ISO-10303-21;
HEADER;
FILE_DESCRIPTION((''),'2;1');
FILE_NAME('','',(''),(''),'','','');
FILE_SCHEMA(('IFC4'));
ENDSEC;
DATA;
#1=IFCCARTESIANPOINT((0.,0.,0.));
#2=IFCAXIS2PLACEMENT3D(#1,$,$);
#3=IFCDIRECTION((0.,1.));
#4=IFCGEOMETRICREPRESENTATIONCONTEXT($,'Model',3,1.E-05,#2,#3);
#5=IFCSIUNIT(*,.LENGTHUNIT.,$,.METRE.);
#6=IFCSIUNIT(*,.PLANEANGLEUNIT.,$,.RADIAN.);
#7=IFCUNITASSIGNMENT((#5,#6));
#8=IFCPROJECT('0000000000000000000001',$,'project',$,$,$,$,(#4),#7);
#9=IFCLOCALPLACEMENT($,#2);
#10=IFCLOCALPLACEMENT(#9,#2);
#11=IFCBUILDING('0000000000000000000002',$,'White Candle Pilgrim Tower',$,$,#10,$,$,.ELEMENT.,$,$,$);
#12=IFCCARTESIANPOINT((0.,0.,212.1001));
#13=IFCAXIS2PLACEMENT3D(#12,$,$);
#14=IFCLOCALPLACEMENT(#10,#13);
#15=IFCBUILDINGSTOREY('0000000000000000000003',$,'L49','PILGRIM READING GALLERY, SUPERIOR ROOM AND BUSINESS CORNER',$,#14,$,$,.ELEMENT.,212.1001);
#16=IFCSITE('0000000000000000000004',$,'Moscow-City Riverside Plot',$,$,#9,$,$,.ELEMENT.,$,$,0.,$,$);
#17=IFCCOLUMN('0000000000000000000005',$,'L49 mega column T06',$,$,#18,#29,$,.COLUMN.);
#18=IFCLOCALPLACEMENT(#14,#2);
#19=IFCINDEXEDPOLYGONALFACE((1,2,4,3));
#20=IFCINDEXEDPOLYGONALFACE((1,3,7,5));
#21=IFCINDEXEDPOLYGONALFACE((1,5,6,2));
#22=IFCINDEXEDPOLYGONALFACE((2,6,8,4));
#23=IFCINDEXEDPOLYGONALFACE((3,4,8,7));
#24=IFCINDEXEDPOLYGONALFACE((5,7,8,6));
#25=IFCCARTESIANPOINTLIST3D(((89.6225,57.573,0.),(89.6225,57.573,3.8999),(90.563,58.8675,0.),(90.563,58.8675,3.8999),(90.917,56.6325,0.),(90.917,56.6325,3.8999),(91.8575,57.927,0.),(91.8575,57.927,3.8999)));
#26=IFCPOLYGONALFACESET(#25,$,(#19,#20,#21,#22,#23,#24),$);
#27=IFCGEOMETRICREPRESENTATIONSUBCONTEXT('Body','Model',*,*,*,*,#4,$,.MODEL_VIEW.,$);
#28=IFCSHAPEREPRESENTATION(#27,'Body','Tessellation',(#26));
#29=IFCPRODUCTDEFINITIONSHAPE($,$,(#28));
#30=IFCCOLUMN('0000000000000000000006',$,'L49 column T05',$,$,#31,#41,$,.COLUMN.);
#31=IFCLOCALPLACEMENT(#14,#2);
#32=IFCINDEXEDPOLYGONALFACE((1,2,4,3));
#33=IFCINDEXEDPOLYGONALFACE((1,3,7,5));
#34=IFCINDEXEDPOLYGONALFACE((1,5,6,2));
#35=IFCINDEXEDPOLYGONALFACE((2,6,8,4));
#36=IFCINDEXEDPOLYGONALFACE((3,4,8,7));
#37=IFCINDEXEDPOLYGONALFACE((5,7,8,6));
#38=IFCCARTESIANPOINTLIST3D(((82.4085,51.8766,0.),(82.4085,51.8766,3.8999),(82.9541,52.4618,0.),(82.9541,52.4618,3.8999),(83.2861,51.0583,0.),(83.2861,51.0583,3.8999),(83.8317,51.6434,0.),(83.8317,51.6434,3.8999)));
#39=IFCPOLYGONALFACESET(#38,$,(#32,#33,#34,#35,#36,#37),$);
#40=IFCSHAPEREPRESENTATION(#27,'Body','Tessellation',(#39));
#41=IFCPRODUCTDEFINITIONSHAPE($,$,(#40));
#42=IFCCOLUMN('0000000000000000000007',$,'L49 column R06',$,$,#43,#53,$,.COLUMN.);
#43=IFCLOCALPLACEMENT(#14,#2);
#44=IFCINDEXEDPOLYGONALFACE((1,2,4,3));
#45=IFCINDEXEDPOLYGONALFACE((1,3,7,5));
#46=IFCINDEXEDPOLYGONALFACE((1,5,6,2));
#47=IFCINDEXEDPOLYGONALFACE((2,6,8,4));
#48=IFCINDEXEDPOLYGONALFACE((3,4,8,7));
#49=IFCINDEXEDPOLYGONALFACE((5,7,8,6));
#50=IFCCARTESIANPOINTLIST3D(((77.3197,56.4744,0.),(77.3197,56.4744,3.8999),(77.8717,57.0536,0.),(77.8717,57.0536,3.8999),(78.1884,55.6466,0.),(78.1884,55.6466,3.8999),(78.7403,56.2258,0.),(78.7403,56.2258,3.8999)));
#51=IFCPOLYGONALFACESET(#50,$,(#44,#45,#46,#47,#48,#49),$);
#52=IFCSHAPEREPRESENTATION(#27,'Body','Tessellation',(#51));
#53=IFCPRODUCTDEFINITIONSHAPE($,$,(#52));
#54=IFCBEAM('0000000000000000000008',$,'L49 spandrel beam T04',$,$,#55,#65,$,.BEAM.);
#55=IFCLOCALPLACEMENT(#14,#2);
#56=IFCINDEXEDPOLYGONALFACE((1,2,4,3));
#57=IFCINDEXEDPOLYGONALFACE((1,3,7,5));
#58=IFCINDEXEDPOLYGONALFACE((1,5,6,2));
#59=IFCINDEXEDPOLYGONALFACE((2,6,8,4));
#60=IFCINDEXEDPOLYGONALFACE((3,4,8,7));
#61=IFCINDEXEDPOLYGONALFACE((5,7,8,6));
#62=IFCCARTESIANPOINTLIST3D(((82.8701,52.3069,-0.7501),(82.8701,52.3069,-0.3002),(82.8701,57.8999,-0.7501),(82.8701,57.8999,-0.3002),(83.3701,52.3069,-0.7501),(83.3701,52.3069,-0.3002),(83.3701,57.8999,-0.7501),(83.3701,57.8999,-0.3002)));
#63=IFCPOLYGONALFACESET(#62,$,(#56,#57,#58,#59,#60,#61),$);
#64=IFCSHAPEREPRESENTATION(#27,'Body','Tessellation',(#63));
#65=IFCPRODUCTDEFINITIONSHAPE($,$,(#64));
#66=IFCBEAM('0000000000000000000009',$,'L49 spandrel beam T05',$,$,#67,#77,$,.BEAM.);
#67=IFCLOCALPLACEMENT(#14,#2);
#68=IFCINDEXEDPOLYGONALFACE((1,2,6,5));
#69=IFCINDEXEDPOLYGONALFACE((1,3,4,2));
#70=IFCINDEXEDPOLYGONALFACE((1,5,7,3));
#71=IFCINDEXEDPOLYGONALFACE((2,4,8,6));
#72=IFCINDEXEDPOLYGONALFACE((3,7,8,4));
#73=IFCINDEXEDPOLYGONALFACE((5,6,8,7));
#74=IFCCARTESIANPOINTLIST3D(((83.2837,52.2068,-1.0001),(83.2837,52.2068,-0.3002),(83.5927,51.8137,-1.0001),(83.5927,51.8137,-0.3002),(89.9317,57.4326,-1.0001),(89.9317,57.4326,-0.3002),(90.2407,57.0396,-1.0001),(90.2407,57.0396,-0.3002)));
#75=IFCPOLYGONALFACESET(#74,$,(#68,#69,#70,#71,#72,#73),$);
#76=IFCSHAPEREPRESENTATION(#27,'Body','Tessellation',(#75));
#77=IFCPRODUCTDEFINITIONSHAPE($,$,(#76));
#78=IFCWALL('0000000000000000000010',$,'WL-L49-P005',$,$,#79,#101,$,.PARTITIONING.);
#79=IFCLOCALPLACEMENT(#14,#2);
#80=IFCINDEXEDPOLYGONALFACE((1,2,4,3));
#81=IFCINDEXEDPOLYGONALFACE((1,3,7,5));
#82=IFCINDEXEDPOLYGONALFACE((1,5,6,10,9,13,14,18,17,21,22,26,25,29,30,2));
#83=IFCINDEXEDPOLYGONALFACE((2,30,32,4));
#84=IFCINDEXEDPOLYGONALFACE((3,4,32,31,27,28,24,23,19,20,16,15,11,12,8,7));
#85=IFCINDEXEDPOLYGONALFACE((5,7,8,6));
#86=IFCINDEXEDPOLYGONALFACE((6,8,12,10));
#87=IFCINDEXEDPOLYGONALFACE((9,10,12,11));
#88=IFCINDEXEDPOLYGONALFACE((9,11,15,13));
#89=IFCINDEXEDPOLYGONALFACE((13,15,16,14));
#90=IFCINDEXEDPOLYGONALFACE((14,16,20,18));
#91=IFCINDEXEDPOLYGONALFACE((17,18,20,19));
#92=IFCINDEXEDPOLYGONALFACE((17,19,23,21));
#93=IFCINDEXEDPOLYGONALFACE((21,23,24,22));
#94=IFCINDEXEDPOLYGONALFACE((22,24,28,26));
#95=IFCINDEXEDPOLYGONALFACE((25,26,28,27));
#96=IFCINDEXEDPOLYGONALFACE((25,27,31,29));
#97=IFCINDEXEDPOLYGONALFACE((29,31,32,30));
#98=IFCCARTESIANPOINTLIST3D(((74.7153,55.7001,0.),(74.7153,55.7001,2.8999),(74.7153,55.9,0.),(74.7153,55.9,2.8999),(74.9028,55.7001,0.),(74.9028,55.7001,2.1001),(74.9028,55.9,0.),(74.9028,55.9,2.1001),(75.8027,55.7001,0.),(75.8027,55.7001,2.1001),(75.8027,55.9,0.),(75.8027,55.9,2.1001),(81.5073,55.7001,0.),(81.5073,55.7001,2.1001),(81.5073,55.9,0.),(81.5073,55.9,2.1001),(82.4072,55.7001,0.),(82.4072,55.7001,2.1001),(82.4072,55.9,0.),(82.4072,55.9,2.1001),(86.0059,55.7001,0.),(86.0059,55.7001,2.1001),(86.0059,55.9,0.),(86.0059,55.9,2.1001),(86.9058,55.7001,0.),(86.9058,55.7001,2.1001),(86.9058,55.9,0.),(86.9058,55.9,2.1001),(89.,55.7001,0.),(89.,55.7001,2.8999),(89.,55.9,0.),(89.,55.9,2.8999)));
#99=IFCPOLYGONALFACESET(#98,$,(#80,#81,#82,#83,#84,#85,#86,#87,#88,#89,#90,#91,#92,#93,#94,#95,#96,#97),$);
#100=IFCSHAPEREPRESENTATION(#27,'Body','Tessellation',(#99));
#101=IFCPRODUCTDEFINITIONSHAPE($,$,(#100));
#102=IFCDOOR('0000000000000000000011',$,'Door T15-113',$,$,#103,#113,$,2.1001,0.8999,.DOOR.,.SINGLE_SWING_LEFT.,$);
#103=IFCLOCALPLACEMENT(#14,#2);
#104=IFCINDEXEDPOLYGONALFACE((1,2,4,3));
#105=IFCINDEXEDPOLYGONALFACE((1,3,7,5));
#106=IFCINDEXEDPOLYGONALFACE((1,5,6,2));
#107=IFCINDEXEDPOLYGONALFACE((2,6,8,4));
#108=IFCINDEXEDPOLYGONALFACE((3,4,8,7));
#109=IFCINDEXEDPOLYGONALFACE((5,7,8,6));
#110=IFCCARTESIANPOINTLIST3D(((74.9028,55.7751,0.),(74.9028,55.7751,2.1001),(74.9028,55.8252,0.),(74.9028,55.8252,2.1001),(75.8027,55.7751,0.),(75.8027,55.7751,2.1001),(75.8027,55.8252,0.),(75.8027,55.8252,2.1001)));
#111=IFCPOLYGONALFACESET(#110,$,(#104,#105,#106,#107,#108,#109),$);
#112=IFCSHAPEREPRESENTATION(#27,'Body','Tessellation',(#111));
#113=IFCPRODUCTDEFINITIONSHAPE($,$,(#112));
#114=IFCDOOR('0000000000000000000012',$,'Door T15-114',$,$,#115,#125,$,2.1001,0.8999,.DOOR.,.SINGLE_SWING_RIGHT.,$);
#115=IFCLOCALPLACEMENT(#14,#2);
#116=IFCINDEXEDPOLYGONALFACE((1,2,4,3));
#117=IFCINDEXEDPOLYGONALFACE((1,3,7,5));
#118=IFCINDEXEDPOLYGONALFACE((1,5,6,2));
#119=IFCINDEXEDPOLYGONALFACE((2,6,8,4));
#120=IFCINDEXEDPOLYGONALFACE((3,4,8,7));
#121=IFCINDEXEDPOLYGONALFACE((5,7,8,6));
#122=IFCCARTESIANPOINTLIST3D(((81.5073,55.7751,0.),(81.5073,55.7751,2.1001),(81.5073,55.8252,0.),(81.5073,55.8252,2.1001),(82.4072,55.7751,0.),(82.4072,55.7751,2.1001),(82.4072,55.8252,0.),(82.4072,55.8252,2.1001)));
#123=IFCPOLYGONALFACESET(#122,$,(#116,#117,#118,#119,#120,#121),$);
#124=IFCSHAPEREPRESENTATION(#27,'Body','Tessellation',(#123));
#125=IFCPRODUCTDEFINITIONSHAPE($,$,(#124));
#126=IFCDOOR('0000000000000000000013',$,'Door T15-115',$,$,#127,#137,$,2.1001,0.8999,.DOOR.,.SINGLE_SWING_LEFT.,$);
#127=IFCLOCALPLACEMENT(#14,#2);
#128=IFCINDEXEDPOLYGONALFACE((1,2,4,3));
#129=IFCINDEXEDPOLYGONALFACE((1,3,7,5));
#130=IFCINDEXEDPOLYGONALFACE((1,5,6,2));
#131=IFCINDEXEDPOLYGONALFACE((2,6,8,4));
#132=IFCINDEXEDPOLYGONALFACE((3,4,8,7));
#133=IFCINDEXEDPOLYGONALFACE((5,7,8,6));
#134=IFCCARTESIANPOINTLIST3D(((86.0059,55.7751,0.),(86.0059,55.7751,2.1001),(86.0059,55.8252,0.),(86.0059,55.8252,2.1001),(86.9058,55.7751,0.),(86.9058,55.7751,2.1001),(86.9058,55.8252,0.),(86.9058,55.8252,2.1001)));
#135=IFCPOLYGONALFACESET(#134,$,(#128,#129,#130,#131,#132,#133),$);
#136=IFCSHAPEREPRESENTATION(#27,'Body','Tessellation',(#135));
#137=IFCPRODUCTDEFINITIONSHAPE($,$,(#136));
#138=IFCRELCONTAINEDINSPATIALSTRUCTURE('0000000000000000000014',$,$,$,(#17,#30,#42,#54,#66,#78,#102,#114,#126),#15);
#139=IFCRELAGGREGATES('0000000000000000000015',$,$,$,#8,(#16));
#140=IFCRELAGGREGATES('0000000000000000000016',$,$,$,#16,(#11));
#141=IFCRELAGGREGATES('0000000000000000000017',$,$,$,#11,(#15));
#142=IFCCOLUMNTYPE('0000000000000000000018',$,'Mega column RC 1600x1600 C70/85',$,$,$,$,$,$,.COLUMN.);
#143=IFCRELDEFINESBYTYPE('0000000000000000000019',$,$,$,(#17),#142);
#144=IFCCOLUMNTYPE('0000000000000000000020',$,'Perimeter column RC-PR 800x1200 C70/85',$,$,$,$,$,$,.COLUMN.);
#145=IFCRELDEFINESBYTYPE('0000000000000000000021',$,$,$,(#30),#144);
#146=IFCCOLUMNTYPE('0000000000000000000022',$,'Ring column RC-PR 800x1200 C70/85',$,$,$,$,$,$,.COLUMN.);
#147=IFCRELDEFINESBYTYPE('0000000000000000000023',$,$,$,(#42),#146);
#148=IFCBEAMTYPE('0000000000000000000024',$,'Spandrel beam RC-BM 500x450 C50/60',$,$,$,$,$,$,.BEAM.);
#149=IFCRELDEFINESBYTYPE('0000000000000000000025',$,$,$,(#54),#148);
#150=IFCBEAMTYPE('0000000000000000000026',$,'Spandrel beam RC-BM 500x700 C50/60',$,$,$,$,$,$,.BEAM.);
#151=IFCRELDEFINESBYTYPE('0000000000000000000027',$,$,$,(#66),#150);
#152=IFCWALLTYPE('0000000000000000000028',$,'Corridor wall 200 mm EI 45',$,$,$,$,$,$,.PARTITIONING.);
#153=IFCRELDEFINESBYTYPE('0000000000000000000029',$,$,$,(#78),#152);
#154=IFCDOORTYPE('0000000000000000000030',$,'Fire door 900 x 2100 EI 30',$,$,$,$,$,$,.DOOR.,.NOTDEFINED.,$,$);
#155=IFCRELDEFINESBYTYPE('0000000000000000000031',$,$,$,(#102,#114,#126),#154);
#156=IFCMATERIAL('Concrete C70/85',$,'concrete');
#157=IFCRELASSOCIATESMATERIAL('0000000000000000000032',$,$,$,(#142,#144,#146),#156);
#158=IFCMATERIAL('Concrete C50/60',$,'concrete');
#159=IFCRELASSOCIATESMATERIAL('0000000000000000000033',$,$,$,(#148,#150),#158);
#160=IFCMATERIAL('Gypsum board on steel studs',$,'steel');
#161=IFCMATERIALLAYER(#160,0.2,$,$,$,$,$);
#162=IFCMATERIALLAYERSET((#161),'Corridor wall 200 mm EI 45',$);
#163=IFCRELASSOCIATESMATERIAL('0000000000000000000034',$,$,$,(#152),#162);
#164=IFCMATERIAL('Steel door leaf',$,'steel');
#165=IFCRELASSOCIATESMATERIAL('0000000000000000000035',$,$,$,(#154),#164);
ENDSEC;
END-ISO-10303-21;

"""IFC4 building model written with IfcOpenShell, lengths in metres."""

from ifc_helpers import new_model, si_unit, direction, frame, frame_2d, origin, origin_2d, place, context, subcontext, project, spatial, rectangle, extrude, material, layer, layer_set, material_profile, profile_set, type_object, element, fill, save


model = new_model("IFC4")

# Units and contexts
model_context = context("Model", 3, precision=1e-05, world=origin(), true_north=direction((0.0, 1.0)))
body_context = subcontext(model_context, "Body", "Model", "MODEL_VIEW")
ifc_project = project(units=[si_unit("LENGTHUNIT", "METRE"), si_unit("PLANEANGLEUNIT", "RADIAN")], contexts=[model_context])

# Site, building, storey
site_placement = place(None, origin())
site = spatial("IfcSite", under=ifc_project, at=site_placement, Name="Moscow-City Riverside Plot", CompositionType="ELEMENT", RefElevation=0.0)
building_placement = place(site_placement, origin())
building = spatial("IfcBuilding", under=site, at=building_placement, Name="White Candle Pilgrim Tower", CompositionType="ELEMENT")
storey_placement = place(building_placement, frame((0.0, 0.0, 212.1001)))
storey = spatial("IfcBuildingStorey", under=building, at=storey_placement, Name="L49", Description="PILGRIM READING GALLERY, SUPERIOR ROOM AND BUSINESS CORNER", CompositionType="ELEMENT", Elevation=212.1001)

# Columns
ifc_material_1 = material(Name="Concrete C70/85", Category="concrete")
ifc_material_profile_1 = material_profile(ifc_material_1, rectangle(XDim=1.6001, YDim=1.6001, at=origin_2d()), Name="RC 1600x1600")
ifc_profile_set_1 = profile_set([ifc_material_profile_1], Name="Concrete C70/85")
column_type_1 = type_object("IfcColumnType", Name="Mega column RC 1600x1600 C70/85", PredefinedType="COLUMN", material=ifc_profile_set_1)
column_1_placement = place(storey_placement, frame((90.74, 57.75, 0.0), z_axis=(0.0, 0.0, 1.0), x_axis=(0.809017, -0.587785, 0.0)))
element("IfcColumn", 1, at=column_1_placement, inside=storey, type_object=column_type_1, Name="L49 mega column T06", PredefinedType="COLUMN", context=body_context, shape_type="SweptSolid", body=[
    extrude(rectangle(XDim=1.6001, YDim=1.6001, at=origin_2d()), origin(), (0.0, 0.0, 1.0), 3.8999),
])
ifc_material_profile_2 = material_profile(ifc_material_1, rectangle(XDim=0.8, YDim=1.2, at=origin_2d()), Name="RC-PR 800x1200")
ifc_profile_set_2 = profile_set([ifc_material_profile_2], Name="Concrete C70/85")
column_type_2 = type_object("IfcColumnType", Name="Perimeter column RC-PR 800x1200 C70/85", PredefinedType="COLUMN", material=ifc_profile_set_2)
column_2_placement = place(storey_placement, frame((83.1201, 51.76, 0.0), z_axis=(0.0, 0.0, 1.0), x_axis=(-0.681998, -0.731354, 0.0)))
element("IfcColumn", 2, at=column_2_placement, inside=storey, type_object=column_type_2, Name="L49 column T05", PredefinedType="COLUMN", context=body_context, shape_type="SweptSolid", body=[
    extrude(rectangle(XDim=0.8, YDim=1.2, at=origin_2d()), origin(), (0.0, 0.0, 1.0), 3.8999),
])
ifc_material_profile_3 = material_profile(ifc_material_1, rectangle(XDim=0.8, YDim=1.2, at=origin_2d()), Name="RC-PR 800x1200")
ifc_profile_set_3 = profile_set([ifc_material_profile_3], Name="Concrete C70/85")
column_type_3 = type_object("IfcColumnType", Name="Ring column RC-PR 800x1200 C70/85", PredefinedType="COLUMN", material=ifc_profile_set_3)
column_3_placement = place(storey_placement, frame((78.03, 56.3501, 0.0), z_axis=(0.0, 0.0, 1.0), x_axis=(-0.689872, -0.723931, 0.0)))
element("IfcColumn", 3, at=column_3_placement, inside=storey, type_object=column_type_3, Name="L49 column R06", PredefinedType="COLUMN", context=body_context, shape_type="SweptSolid", body=[
    extrude(rectangle(XDim=0.8, YDim=1.2, at=origin_2d()), origin(), (0.0, 0.0, 1.0), 3.8999),
])

# Beams
ifc_material_2 = material(Name="Concrete C50/60", Category="concrete")
ifc_material_profile_4 = material_profile(ifc_material_2, rectangle(XDim=0.5, YDim=0.45, at=origin_2d()), Name="RC-BM 500x450")
ifc_profile_set_4 = profile_set([ifc_material_profile_4], Name="Concrete C50/60")
beam_type_1 = type_object("IfcBeamType", Name="Spandrel beam RC-BM 500x450 C50/60", PredefinedType="BEAM", material=ifc_profile_set_4)
beam_1_placement = place(storey_placement, frame((83.1201, 52.3069, -0.5251), z_axis=(0.0, 1.0, 0.0), x_axis=(-1.0, 0.0, 0.0)))
element("IfcBeam", 4, at=beam_1_placement, inside=storey, type_object=beam_type_1, Name="L49 spandrel beam T04", PredefinedType="BEAM", context=body_context, shape_type="SweptSolid", body=[
    extrude(rectangle(XDim=0.5, YDim=0.45, at=origin_2d()), origin(), (0.0, 0.0, 1.0), 5.593),
])
ifc_material_profile_5 = material_profile(ifc_material_2, rectangle(XDim=0.5, YDim=0.7, at=origin_2d()), Name="RC-BM 500x700")
ifc_profile_set_5 = profile_set([ifc_material_profile_5], Name="Concrete C50/60")
beam_type_2 = type_object("IfcBeamType", Name="Spandrel beam RC-BM 500x700 C50/60", PredefinedType="BEAM", material=ifc_profile_set_5)
beam_2_placement = place(storey_placement, frame((83.4382, 52.0103, -0.6501), z_axis=(0.786178, 0.618, 0.0), x_axis=(-0.618, 0.786178, 0.0)))
element("IfcBeam", 5, at=beam_2_placement, inside=storey, type_object=beam_type_2, Name="L49 spandrel beam T05", PredefinedType="BEAM", context=body_context, shape_type="SweptSolid", body=[
    extrude(rectangle(XDim=0.5, YDim=0.7, at=origin_2d()), origin(), (0.0, 0.0, 1.0), 8.4561),
])

# Wall, openings, doors
ifc_material_3 = material(Name="Gypsum board on steel studs", Category="steel")
ifc_layer_1 = layer(ifc_material_3, 0.2)
ifc_layer_set_1 = layer_set([ifc_layer_1], Name="Corridor wall 200 mm EI 45")
wall_type_1 = type_object("IfcWallType", Name="Corridor wall 200 mm EI 45", PredefinedType="PARTITIONING", material=ifc_layer_set_1)
wall_1_placement = place(storey_placement, frame((89.0, 55.8, 0.0), z_axis=(0.0, 0.0, 1.0), x_axis=(-1.0, 0.0, 0.0)))
wall_1 = element("IfcWall", 6, at=wall_1_placement, inside=storey, type_object=wall_type_1, Name="WL-L49-P005", PredefinedType="PARTITIONING", context=body_context, shape_type="SweptSolid", body=[
    extrude(rectangle(XDim=14.2847, YDim=0.2, at=frame_2d((7.1423, 0.0))), origin(), (0.0, 0.0, 1.0), 2.8999),
])
opening_1_placement = place(wall_1_placement, frame((13.1973, 0.0, 0.0)))
opening_1 = element("IfcOpeningElement", 7, at=opening_1_placement, cuts=wall_1, PredefinedType="OPENING", context=body_context, shape_type="SweptSolid", body=[
    extrude(rectangle(XDim=0.8999, YDim=2.1001, at=frame_2d((0.45, 1.05))), frame((0.0, 0.1099, 0.0), z_axis=(0.0, -1.0, 0.0), x_axis=(1.0, 0.0, 0.0)), (0.0, 0.0, 1.0), 0.22),
])
opening_2_placement = place(wall_1_placement, frame((6.5928, 0.0, 0.0)))
opening_2 = element("IfcOpeningElement", 8, at=opening_2_placement, cuts=wall_1, PredefinedType="OPENING", context=body_context, shape_type="SweptSolid", body=[
    extrude(rectangle(XDim=0.8999, YDim=2.1001, at=frame_2d((0.45, 1.05))), frame((0.0, 0.1099, 0.0), z_axis=(0.0, -1.0, 0.0), x_axis=(1.0, 0.0, 0.0)), (0.0, 0.0, 1.0), 0.22),
])
opening_3_placement = place(wall_1_placement, frame((2.0942, 0.0, 0.0)))
opening_3 = element("IfcOpeningElement", 9, at=opening_3_placement, cuts=wall_1, PredefinedType="OPENING", context=body_context, shape_type="SweptSolid", body=[
    extrude(rectangle(XDim=0.8999, YDim=2.1001, at=frame_2d((0.45, 1.05))), frame((0.0, 0.1099, 0.0), z_axis=(0.0, -1.0, 0.0), x_axis=(1.0, 0.0, 0.0)), (0.0, 0.0, 1.0), 0.22),
])
ifc_material_4 = material(Name="Steel door leaf", Category="steel")
door_type_1 = type_object("IfcDoorType", Name="Fire door 900 x 2100 EI 30", OperationType="NOTDEFINED", PredefinedType="DOOR", material=ifc_material_4)
door_1_placement = place(opening_1_placement, origin())
door_1 = element("IfcDoor", 10, at=door_1_placement, inside=storey, type_object=door_type_1, Name="Door T15-113", OperationType="SINGLE_SWING_LEFT", OverallHeight=2.1001, OverallWidth=0.8999, PredefinedType="DOOR", context=body_context, shape_type="SweptSolid", body=[
    extrude(rectangle(XDim=0.8999, YDim=2.1001, at=frame_2d((0.45, 1.05))), frame((0.0, 0.0249, 0.0), z_axis=(0.0, -1.0, 0.0), x_axis=(1.0, 0.0, 0.0)), (0.0, 0.0, 1.0), 0.05),
])
fill(opening_1, door_1)
door_2_placement = place(opening_2_placement, origin())
door_2 = element("IfcDoor", 11, at=door_2_placement, inside=storey, type_object=door_type_1, Name="Door T15-114", OperationType="SINGLE_SWING_RIGHT", OverallHeight=2.1001, OverallWidth=0.8999, PredefinedType="DOOR", context=body_context, shape_type="SweptSolid", body=[
    extrude(rectangle(XDim=0.8999, YDim=2.1001, at=frame_2d((0.45, 1.05))), frame((0.0, 0.0249, 0.0), z_axis=(0.0, -1.0, 0.0), x_axis=(1.0, 0.0, 0.0)), (0.0, 0.0, 1.0), 0.05),
])
fill(opening_2, door_2)
door_3_placement = place(opening_3_placement, origin())
door_3 = element("IfcDoor", 12, at=door_3_placement, inside=storey, type_object=door_type_1, Name="Door T15-115", OperationType="SINGLE_SWING_LEFT", OverallHeight=2.1001, OverallWidth=0.8999, PredefinedType="DOOR", context=body_context, shape_type="SweptSolid", body=[
    extrude(rectangle(XDim=0.8999, YDim=2.1001, at=frame_2d((0.45, 1.05))), frame((0.0, 0.0249, 0.0), z_axis=(0.0, -1.0, 0.0), x_axis=(1.0, 0.0, 0.0)), (0.0, 0.0, 1.0), 0.05),
])
fill(opening_3, door_3)

save(model, "model.ifc")
